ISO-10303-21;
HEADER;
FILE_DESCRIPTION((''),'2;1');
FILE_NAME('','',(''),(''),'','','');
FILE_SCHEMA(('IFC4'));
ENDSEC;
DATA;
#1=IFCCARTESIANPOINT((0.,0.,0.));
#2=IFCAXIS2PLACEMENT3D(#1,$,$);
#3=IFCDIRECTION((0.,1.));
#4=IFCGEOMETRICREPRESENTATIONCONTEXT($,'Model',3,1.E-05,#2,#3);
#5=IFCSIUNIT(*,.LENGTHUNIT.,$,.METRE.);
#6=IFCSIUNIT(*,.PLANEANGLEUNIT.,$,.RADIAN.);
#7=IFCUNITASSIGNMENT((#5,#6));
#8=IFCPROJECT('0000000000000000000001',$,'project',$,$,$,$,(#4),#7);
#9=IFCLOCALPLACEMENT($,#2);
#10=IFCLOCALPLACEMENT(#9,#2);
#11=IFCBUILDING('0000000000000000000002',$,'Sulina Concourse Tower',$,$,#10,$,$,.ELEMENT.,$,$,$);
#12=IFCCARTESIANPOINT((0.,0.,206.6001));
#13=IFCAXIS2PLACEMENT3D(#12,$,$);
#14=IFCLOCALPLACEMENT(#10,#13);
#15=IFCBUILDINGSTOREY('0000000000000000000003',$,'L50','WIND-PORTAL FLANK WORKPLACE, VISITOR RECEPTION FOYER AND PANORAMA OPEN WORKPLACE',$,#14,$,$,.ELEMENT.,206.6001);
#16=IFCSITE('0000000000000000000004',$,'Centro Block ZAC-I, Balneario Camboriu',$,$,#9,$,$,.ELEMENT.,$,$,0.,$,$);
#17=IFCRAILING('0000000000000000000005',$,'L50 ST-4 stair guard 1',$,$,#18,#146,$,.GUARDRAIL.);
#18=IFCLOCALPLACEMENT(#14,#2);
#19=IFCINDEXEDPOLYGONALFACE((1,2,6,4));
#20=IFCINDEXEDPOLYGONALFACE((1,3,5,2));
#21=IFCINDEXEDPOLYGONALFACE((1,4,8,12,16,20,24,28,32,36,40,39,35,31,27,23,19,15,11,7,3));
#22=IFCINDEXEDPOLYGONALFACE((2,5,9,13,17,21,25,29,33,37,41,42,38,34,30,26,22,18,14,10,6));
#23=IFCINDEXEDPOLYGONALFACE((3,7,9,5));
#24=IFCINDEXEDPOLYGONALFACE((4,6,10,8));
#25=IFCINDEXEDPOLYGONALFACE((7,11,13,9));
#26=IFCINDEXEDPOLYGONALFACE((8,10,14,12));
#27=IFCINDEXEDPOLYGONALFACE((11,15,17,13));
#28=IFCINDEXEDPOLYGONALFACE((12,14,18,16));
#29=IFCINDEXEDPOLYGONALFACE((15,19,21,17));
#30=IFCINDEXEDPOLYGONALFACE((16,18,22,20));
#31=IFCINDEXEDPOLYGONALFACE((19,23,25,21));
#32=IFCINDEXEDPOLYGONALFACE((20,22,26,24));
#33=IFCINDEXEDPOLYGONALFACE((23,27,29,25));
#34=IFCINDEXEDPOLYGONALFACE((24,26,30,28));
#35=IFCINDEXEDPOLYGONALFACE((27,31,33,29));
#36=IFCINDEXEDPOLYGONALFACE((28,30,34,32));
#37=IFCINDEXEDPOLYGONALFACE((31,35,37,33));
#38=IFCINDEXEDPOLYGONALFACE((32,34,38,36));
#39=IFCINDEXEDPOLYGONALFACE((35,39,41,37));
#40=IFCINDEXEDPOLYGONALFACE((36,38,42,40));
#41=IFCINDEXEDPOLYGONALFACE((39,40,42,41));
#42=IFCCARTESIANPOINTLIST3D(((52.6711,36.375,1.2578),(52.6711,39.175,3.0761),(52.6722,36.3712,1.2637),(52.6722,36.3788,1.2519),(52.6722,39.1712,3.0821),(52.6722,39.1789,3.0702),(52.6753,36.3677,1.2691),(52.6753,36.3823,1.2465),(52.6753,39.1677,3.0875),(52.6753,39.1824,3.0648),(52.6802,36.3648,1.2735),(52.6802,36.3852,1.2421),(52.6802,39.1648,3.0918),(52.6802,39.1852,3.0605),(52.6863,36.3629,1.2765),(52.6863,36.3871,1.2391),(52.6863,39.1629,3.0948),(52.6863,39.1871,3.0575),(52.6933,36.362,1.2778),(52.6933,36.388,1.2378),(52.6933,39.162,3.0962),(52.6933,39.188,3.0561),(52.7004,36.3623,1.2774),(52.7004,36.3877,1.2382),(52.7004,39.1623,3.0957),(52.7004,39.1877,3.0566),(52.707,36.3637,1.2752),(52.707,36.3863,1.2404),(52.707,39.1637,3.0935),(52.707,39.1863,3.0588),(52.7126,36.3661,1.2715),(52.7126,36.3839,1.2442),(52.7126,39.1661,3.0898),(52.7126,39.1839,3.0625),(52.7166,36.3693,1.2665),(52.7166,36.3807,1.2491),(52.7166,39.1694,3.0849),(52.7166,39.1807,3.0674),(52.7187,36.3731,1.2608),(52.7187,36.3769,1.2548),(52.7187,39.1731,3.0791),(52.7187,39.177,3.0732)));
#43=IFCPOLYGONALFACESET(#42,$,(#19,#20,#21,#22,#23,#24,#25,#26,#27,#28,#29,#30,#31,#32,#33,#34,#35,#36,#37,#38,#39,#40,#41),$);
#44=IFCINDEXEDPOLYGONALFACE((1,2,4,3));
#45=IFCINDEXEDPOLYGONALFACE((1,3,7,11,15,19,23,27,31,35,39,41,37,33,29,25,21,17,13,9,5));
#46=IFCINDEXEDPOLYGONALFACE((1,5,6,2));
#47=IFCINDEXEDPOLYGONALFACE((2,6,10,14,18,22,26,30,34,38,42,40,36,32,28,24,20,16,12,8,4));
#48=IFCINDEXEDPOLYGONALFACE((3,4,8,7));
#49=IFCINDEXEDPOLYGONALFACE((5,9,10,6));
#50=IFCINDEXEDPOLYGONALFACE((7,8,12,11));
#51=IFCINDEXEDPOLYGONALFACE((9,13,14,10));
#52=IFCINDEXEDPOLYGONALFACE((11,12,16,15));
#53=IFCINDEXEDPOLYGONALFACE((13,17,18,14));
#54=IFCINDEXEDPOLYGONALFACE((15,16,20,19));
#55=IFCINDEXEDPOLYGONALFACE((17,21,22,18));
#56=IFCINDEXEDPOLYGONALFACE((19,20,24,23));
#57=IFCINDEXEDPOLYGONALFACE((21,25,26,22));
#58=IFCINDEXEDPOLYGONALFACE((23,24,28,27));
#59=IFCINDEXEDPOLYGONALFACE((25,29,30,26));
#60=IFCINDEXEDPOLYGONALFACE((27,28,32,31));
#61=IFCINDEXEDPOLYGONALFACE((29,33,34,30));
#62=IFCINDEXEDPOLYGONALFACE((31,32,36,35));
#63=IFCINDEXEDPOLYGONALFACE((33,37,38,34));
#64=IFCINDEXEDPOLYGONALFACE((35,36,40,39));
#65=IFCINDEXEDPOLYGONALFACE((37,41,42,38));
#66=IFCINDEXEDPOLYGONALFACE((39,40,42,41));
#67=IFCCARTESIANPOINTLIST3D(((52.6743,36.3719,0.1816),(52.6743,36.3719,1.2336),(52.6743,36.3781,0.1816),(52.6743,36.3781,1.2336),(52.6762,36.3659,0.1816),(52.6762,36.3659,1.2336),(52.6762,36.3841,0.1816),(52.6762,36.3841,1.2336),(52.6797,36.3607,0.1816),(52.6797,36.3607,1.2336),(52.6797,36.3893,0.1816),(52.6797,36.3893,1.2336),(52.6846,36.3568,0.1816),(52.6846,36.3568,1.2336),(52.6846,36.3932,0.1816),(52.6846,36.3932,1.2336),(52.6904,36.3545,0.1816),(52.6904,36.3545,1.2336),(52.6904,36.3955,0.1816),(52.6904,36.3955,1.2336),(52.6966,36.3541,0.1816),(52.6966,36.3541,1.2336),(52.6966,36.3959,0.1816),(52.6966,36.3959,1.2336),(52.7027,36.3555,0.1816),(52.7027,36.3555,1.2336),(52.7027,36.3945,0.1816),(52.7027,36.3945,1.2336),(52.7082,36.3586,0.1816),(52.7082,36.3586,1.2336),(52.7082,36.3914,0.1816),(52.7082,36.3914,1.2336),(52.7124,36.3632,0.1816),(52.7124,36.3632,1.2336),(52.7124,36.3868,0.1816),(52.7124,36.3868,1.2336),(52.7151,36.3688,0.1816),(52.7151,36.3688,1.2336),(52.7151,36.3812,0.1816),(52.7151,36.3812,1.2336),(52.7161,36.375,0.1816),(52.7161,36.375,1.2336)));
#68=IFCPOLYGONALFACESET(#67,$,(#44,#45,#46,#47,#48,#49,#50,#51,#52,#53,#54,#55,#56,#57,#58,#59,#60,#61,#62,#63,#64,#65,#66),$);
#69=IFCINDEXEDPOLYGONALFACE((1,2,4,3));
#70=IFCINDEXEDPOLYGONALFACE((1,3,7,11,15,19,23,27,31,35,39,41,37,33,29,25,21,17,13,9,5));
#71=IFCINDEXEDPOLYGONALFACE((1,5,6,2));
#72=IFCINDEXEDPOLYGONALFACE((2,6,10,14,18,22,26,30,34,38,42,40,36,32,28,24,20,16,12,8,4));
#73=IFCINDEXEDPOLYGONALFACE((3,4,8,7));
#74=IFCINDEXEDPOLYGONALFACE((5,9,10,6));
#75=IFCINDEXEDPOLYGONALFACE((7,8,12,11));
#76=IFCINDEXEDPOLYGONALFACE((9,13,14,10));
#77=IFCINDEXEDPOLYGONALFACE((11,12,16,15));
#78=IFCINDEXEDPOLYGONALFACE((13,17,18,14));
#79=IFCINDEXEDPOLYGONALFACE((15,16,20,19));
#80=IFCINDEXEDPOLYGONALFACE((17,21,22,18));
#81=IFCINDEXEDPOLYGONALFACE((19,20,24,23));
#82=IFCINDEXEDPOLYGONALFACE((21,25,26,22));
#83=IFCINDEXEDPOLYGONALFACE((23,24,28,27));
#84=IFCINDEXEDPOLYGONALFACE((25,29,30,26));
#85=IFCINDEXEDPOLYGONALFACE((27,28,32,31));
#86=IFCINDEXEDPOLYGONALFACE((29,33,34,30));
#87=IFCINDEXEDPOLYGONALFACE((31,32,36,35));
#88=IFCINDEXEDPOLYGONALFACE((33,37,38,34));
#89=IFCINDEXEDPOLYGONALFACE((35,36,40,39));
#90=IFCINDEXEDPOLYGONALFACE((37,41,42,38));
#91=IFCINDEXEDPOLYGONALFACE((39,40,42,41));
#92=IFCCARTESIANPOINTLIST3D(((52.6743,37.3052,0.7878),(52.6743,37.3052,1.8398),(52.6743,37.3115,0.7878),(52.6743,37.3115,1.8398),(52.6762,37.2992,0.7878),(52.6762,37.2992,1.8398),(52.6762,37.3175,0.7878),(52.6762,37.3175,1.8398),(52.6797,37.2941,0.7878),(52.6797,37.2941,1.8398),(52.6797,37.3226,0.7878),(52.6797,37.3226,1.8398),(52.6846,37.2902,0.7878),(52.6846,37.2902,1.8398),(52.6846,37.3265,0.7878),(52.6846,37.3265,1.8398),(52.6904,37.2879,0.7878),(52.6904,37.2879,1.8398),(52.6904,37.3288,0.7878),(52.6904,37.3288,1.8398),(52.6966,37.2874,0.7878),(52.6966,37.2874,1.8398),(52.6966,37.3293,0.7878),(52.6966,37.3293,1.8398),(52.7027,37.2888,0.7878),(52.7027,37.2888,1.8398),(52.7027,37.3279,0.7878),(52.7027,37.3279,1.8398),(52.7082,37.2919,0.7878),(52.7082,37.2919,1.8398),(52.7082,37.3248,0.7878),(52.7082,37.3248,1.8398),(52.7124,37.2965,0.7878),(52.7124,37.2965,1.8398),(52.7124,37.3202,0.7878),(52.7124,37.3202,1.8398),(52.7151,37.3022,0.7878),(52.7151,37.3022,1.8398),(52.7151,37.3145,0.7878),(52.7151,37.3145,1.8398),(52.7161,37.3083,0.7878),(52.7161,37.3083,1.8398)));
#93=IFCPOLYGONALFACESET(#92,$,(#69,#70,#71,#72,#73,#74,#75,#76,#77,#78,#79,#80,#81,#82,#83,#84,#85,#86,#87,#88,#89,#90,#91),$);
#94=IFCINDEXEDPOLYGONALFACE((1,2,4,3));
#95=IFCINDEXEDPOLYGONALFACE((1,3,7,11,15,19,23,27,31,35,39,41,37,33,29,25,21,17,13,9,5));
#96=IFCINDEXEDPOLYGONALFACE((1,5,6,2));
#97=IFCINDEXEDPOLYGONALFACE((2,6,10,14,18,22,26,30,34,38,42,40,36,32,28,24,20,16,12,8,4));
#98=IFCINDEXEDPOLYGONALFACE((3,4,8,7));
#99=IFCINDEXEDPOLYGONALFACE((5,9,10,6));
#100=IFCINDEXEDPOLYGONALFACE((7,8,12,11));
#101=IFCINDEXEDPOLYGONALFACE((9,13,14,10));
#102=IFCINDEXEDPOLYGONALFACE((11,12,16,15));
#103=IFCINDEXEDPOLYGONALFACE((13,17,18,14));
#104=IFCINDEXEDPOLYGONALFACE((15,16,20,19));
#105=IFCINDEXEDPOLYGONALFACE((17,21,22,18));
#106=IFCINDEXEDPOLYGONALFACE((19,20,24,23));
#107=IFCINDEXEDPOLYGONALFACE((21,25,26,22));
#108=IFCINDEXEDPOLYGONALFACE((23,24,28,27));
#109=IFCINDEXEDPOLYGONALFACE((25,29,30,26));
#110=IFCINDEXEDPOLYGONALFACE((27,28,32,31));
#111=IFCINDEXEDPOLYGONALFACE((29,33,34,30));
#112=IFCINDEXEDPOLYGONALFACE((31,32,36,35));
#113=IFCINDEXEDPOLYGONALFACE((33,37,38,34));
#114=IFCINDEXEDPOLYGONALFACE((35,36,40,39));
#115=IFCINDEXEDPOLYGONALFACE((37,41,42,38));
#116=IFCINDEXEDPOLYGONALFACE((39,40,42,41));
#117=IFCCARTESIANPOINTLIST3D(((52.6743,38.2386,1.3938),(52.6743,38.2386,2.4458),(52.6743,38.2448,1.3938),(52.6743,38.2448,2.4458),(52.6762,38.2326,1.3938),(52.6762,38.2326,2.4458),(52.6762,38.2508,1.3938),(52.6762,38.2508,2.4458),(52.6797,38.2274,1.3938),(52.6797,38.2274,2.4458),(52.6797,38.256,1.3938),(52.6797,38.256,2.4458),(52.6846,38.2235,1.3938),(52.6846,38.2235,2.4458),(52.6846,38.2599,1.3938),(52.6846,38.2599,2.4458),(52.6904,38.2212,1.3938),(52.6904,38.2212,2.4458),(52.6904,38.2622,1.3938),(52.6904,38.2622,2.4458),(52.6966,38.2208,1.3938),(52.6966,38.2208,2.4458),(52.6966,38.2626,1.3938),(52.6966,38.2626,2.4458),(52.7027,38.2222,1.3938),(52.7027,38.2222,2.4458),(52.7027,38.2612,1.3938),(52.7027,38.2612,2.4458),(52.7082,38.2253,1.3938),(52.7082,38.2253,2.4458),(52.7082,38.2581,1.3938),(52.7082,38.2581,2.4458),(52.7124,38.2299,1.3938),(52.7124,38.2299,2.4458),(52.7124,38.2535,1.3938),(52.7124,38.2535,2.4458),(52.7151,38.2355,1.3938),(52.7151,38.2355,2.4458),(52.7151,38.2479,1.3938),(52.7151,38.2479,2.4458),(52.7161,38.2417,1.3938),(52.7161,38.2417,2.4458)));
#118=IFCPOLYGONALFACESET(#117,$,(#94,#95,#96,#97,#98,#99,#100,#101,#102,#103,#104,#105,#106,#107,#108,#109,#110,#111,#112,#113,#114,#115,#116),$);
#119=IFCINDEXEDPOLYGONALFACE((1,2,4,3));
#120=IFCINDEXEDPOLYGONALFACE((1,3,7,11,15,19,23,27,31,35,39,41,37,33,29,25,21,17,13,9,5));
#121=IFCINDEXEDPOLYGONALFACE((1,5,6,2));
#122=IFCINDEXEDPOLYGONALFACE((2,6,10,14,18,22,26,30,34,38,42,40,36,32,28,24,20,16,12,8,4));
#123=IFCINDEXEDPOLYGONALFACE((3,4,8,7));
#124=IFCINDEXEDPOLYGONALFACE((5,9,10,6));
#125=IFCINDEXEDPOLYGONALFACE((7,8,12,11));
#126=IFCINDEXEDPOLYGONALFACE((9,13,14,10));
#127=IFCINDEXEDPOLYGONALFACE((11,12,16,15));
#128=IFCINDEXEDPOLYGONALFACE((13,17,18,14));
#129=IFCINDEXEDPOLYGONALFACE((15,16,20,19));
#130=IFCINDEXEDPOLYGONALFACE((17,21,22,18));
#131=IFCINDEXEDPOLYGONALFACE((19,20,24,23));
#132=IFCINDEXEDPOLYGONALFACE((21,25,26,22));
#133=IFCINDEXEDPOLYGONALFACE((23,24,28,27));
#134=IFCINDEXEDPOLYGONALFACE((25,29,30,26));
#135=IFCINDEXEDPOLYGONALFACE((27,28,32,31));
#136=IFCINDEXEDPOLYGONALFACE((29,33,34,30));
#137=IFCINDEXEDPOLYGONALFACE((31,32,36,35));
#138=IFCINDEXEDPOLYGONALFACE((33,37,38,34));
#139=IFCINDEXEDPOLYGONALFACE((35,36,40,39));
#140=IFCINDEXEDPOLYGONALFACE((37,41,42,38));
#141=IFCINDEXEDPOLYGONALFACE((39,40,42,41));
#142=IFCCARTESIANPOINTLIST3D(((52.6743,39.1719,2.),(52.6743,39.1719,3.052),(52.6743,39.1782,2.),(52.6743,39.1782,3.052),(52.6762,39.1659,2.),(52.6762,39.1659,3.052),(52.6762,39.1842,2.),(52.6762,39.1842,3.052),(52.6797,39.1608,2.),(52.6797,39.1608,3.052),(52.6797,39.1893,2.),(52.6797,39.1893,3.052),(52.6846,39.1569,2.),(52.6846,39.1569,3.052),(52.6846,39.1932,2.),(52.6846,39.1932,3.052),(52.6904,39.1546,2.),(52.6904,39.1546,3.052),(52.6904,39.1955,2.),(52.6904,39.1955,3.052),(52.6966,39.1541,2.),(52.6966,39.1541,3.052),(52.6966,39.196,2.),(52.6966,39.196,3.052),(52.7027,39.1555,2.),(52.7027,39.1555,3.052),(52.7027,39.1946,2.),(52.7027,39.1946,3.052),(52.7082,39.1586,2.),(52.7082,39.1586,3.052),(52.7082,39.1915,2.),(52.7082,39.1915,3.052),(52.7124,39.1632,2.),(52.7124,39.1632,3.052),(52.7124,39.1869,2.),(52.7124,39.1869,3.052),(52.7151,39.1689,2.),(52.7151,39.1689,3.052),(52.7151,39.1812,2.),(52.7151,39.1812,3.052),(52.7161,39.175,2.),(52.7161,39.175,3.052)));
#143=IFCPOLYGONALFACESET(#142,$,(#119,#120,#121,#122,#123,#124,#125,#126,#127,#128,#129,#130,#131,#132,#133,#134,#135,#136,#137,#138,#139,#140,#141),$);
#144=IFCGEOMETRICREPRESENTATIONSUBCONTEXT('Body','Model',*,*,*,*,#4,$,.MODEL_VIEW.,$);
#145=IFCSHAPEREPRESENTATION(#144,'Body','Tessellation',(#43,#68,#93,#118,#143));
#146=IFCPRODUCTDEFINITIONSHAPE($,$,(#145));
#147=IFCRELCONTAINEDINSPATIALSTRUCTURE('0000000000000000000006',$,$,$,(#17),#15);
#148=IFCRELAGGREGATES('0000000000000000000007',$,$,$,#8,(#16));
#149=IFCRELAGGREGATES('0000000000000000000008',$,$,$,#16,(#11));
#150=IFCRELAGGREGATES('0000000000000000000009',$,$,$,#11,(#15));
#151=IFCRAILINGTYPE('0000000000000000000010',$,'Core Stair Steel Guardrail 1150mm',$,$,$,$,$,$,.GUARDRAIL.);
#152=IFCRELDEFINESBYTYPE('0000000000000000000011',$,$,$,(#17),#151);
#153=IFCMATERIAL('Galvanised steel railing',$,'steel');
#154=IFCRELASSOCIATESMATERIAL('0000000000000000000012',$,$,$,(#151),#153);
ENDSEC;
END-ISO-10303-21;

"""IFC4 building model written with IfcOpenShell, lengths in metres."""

from ifc_helpers import new_model, si_unit, direction, frame, origin, origin_2d, place, context, subcontext, project, spatial, circle, extrude, material, type_object, element, save


model = new_model("IFC4")

# Units and contexts
model_context = context("Model", 3, precision=1e-05, world=origin(), true_north=direction((0.0, 1.0)))
body_context = subcontext(model_context, "Body", "Model", "MODEL_VIEW")
ifc_project = project(units=[si_unit("LENGTHUNIT", "METRE"), si_unit("PLANEANGLEUNIT", "RADIAN")], contexts=[model_context])

# Site, building, storey
site_placement = place(None, origin())
site = spatial("IfcSite", under=ifc_project, at=site_placement, Name="Centro Block ZAC-I, Balneario Camboriu", CompositionType="ELEMENT", RefElevation=0.0)
building_placement = place(site_placement, origin())
building = spatial("IfcBuilding", under=site, at=building_placement, Name="Sulina Concourse Tower", CompositionType="ELEMENT")
storey_placement = place(building_placement, frame((0.0, 0.0, 206.6001)))
storey = spatial("IfcBuildingStorey", under=building, at=storey_placement, Name="L50", Description="WIND-PORTAL FLANK WORKPLACE, VISITOR RECEPTION FOYER AND PANORAMA OPEN WORKPLACE", CompositionType="ELEMENT", Elevation=206.6001)

# Railing
ifc_material_1 = material(Name="Galvanised steel railing", Category="steel")
railing_type_1 = type_object("IfcRailingType", Name="Core Stair Steel Guardrail 1150mm", PredefinedType="GUARDRAIL", material=ifc_material_1)
railing_1_placement = place(storey_placement, frame((52.6951, 36.375, 0.1816)))
element("IfcRailing", 1, at=railing_1_placement, inside=storey, type_object=railing_type_1, Name="L50 ST-4 stair guard 1", PredefinedType="GUARDRAIL", context=body_context, shape_type="SweptSolid", body=[
    extrude(circle(Radius=0.0239, at=origin_2d()), frame((0.0, 0.0, 1.0762), z_axis=(0.0, 0.838672, 0.544636), x_axis=(-1.0, 0.0, 0.0)), (0.0, 0.0, 1.0), 3.3386),
    extrude(circle(Radius=0.021, at=origin_2d()), origin(), (0.0, 0.0, 1.0), 1.052),
    extrude(circle(Radius=0.021, at=origin_2d()), frame((0.0, 0.9333, 0.6062)), (0.0, 0.0, 1.0), 1.052),
    extrude(circle(Radius=0.021, at=origin_2d()), frame((0.0, 1.8667, 1.2122)), (0.0, 0.0, 1.0), 1.052),
    extrude(circle(Radius=0.021, at=origin_2d()), frame((0.0, 2.8, 1.8184)), (0.0, 0.0, 1.0), 1.052),
])

save(model, "model.ifc")
